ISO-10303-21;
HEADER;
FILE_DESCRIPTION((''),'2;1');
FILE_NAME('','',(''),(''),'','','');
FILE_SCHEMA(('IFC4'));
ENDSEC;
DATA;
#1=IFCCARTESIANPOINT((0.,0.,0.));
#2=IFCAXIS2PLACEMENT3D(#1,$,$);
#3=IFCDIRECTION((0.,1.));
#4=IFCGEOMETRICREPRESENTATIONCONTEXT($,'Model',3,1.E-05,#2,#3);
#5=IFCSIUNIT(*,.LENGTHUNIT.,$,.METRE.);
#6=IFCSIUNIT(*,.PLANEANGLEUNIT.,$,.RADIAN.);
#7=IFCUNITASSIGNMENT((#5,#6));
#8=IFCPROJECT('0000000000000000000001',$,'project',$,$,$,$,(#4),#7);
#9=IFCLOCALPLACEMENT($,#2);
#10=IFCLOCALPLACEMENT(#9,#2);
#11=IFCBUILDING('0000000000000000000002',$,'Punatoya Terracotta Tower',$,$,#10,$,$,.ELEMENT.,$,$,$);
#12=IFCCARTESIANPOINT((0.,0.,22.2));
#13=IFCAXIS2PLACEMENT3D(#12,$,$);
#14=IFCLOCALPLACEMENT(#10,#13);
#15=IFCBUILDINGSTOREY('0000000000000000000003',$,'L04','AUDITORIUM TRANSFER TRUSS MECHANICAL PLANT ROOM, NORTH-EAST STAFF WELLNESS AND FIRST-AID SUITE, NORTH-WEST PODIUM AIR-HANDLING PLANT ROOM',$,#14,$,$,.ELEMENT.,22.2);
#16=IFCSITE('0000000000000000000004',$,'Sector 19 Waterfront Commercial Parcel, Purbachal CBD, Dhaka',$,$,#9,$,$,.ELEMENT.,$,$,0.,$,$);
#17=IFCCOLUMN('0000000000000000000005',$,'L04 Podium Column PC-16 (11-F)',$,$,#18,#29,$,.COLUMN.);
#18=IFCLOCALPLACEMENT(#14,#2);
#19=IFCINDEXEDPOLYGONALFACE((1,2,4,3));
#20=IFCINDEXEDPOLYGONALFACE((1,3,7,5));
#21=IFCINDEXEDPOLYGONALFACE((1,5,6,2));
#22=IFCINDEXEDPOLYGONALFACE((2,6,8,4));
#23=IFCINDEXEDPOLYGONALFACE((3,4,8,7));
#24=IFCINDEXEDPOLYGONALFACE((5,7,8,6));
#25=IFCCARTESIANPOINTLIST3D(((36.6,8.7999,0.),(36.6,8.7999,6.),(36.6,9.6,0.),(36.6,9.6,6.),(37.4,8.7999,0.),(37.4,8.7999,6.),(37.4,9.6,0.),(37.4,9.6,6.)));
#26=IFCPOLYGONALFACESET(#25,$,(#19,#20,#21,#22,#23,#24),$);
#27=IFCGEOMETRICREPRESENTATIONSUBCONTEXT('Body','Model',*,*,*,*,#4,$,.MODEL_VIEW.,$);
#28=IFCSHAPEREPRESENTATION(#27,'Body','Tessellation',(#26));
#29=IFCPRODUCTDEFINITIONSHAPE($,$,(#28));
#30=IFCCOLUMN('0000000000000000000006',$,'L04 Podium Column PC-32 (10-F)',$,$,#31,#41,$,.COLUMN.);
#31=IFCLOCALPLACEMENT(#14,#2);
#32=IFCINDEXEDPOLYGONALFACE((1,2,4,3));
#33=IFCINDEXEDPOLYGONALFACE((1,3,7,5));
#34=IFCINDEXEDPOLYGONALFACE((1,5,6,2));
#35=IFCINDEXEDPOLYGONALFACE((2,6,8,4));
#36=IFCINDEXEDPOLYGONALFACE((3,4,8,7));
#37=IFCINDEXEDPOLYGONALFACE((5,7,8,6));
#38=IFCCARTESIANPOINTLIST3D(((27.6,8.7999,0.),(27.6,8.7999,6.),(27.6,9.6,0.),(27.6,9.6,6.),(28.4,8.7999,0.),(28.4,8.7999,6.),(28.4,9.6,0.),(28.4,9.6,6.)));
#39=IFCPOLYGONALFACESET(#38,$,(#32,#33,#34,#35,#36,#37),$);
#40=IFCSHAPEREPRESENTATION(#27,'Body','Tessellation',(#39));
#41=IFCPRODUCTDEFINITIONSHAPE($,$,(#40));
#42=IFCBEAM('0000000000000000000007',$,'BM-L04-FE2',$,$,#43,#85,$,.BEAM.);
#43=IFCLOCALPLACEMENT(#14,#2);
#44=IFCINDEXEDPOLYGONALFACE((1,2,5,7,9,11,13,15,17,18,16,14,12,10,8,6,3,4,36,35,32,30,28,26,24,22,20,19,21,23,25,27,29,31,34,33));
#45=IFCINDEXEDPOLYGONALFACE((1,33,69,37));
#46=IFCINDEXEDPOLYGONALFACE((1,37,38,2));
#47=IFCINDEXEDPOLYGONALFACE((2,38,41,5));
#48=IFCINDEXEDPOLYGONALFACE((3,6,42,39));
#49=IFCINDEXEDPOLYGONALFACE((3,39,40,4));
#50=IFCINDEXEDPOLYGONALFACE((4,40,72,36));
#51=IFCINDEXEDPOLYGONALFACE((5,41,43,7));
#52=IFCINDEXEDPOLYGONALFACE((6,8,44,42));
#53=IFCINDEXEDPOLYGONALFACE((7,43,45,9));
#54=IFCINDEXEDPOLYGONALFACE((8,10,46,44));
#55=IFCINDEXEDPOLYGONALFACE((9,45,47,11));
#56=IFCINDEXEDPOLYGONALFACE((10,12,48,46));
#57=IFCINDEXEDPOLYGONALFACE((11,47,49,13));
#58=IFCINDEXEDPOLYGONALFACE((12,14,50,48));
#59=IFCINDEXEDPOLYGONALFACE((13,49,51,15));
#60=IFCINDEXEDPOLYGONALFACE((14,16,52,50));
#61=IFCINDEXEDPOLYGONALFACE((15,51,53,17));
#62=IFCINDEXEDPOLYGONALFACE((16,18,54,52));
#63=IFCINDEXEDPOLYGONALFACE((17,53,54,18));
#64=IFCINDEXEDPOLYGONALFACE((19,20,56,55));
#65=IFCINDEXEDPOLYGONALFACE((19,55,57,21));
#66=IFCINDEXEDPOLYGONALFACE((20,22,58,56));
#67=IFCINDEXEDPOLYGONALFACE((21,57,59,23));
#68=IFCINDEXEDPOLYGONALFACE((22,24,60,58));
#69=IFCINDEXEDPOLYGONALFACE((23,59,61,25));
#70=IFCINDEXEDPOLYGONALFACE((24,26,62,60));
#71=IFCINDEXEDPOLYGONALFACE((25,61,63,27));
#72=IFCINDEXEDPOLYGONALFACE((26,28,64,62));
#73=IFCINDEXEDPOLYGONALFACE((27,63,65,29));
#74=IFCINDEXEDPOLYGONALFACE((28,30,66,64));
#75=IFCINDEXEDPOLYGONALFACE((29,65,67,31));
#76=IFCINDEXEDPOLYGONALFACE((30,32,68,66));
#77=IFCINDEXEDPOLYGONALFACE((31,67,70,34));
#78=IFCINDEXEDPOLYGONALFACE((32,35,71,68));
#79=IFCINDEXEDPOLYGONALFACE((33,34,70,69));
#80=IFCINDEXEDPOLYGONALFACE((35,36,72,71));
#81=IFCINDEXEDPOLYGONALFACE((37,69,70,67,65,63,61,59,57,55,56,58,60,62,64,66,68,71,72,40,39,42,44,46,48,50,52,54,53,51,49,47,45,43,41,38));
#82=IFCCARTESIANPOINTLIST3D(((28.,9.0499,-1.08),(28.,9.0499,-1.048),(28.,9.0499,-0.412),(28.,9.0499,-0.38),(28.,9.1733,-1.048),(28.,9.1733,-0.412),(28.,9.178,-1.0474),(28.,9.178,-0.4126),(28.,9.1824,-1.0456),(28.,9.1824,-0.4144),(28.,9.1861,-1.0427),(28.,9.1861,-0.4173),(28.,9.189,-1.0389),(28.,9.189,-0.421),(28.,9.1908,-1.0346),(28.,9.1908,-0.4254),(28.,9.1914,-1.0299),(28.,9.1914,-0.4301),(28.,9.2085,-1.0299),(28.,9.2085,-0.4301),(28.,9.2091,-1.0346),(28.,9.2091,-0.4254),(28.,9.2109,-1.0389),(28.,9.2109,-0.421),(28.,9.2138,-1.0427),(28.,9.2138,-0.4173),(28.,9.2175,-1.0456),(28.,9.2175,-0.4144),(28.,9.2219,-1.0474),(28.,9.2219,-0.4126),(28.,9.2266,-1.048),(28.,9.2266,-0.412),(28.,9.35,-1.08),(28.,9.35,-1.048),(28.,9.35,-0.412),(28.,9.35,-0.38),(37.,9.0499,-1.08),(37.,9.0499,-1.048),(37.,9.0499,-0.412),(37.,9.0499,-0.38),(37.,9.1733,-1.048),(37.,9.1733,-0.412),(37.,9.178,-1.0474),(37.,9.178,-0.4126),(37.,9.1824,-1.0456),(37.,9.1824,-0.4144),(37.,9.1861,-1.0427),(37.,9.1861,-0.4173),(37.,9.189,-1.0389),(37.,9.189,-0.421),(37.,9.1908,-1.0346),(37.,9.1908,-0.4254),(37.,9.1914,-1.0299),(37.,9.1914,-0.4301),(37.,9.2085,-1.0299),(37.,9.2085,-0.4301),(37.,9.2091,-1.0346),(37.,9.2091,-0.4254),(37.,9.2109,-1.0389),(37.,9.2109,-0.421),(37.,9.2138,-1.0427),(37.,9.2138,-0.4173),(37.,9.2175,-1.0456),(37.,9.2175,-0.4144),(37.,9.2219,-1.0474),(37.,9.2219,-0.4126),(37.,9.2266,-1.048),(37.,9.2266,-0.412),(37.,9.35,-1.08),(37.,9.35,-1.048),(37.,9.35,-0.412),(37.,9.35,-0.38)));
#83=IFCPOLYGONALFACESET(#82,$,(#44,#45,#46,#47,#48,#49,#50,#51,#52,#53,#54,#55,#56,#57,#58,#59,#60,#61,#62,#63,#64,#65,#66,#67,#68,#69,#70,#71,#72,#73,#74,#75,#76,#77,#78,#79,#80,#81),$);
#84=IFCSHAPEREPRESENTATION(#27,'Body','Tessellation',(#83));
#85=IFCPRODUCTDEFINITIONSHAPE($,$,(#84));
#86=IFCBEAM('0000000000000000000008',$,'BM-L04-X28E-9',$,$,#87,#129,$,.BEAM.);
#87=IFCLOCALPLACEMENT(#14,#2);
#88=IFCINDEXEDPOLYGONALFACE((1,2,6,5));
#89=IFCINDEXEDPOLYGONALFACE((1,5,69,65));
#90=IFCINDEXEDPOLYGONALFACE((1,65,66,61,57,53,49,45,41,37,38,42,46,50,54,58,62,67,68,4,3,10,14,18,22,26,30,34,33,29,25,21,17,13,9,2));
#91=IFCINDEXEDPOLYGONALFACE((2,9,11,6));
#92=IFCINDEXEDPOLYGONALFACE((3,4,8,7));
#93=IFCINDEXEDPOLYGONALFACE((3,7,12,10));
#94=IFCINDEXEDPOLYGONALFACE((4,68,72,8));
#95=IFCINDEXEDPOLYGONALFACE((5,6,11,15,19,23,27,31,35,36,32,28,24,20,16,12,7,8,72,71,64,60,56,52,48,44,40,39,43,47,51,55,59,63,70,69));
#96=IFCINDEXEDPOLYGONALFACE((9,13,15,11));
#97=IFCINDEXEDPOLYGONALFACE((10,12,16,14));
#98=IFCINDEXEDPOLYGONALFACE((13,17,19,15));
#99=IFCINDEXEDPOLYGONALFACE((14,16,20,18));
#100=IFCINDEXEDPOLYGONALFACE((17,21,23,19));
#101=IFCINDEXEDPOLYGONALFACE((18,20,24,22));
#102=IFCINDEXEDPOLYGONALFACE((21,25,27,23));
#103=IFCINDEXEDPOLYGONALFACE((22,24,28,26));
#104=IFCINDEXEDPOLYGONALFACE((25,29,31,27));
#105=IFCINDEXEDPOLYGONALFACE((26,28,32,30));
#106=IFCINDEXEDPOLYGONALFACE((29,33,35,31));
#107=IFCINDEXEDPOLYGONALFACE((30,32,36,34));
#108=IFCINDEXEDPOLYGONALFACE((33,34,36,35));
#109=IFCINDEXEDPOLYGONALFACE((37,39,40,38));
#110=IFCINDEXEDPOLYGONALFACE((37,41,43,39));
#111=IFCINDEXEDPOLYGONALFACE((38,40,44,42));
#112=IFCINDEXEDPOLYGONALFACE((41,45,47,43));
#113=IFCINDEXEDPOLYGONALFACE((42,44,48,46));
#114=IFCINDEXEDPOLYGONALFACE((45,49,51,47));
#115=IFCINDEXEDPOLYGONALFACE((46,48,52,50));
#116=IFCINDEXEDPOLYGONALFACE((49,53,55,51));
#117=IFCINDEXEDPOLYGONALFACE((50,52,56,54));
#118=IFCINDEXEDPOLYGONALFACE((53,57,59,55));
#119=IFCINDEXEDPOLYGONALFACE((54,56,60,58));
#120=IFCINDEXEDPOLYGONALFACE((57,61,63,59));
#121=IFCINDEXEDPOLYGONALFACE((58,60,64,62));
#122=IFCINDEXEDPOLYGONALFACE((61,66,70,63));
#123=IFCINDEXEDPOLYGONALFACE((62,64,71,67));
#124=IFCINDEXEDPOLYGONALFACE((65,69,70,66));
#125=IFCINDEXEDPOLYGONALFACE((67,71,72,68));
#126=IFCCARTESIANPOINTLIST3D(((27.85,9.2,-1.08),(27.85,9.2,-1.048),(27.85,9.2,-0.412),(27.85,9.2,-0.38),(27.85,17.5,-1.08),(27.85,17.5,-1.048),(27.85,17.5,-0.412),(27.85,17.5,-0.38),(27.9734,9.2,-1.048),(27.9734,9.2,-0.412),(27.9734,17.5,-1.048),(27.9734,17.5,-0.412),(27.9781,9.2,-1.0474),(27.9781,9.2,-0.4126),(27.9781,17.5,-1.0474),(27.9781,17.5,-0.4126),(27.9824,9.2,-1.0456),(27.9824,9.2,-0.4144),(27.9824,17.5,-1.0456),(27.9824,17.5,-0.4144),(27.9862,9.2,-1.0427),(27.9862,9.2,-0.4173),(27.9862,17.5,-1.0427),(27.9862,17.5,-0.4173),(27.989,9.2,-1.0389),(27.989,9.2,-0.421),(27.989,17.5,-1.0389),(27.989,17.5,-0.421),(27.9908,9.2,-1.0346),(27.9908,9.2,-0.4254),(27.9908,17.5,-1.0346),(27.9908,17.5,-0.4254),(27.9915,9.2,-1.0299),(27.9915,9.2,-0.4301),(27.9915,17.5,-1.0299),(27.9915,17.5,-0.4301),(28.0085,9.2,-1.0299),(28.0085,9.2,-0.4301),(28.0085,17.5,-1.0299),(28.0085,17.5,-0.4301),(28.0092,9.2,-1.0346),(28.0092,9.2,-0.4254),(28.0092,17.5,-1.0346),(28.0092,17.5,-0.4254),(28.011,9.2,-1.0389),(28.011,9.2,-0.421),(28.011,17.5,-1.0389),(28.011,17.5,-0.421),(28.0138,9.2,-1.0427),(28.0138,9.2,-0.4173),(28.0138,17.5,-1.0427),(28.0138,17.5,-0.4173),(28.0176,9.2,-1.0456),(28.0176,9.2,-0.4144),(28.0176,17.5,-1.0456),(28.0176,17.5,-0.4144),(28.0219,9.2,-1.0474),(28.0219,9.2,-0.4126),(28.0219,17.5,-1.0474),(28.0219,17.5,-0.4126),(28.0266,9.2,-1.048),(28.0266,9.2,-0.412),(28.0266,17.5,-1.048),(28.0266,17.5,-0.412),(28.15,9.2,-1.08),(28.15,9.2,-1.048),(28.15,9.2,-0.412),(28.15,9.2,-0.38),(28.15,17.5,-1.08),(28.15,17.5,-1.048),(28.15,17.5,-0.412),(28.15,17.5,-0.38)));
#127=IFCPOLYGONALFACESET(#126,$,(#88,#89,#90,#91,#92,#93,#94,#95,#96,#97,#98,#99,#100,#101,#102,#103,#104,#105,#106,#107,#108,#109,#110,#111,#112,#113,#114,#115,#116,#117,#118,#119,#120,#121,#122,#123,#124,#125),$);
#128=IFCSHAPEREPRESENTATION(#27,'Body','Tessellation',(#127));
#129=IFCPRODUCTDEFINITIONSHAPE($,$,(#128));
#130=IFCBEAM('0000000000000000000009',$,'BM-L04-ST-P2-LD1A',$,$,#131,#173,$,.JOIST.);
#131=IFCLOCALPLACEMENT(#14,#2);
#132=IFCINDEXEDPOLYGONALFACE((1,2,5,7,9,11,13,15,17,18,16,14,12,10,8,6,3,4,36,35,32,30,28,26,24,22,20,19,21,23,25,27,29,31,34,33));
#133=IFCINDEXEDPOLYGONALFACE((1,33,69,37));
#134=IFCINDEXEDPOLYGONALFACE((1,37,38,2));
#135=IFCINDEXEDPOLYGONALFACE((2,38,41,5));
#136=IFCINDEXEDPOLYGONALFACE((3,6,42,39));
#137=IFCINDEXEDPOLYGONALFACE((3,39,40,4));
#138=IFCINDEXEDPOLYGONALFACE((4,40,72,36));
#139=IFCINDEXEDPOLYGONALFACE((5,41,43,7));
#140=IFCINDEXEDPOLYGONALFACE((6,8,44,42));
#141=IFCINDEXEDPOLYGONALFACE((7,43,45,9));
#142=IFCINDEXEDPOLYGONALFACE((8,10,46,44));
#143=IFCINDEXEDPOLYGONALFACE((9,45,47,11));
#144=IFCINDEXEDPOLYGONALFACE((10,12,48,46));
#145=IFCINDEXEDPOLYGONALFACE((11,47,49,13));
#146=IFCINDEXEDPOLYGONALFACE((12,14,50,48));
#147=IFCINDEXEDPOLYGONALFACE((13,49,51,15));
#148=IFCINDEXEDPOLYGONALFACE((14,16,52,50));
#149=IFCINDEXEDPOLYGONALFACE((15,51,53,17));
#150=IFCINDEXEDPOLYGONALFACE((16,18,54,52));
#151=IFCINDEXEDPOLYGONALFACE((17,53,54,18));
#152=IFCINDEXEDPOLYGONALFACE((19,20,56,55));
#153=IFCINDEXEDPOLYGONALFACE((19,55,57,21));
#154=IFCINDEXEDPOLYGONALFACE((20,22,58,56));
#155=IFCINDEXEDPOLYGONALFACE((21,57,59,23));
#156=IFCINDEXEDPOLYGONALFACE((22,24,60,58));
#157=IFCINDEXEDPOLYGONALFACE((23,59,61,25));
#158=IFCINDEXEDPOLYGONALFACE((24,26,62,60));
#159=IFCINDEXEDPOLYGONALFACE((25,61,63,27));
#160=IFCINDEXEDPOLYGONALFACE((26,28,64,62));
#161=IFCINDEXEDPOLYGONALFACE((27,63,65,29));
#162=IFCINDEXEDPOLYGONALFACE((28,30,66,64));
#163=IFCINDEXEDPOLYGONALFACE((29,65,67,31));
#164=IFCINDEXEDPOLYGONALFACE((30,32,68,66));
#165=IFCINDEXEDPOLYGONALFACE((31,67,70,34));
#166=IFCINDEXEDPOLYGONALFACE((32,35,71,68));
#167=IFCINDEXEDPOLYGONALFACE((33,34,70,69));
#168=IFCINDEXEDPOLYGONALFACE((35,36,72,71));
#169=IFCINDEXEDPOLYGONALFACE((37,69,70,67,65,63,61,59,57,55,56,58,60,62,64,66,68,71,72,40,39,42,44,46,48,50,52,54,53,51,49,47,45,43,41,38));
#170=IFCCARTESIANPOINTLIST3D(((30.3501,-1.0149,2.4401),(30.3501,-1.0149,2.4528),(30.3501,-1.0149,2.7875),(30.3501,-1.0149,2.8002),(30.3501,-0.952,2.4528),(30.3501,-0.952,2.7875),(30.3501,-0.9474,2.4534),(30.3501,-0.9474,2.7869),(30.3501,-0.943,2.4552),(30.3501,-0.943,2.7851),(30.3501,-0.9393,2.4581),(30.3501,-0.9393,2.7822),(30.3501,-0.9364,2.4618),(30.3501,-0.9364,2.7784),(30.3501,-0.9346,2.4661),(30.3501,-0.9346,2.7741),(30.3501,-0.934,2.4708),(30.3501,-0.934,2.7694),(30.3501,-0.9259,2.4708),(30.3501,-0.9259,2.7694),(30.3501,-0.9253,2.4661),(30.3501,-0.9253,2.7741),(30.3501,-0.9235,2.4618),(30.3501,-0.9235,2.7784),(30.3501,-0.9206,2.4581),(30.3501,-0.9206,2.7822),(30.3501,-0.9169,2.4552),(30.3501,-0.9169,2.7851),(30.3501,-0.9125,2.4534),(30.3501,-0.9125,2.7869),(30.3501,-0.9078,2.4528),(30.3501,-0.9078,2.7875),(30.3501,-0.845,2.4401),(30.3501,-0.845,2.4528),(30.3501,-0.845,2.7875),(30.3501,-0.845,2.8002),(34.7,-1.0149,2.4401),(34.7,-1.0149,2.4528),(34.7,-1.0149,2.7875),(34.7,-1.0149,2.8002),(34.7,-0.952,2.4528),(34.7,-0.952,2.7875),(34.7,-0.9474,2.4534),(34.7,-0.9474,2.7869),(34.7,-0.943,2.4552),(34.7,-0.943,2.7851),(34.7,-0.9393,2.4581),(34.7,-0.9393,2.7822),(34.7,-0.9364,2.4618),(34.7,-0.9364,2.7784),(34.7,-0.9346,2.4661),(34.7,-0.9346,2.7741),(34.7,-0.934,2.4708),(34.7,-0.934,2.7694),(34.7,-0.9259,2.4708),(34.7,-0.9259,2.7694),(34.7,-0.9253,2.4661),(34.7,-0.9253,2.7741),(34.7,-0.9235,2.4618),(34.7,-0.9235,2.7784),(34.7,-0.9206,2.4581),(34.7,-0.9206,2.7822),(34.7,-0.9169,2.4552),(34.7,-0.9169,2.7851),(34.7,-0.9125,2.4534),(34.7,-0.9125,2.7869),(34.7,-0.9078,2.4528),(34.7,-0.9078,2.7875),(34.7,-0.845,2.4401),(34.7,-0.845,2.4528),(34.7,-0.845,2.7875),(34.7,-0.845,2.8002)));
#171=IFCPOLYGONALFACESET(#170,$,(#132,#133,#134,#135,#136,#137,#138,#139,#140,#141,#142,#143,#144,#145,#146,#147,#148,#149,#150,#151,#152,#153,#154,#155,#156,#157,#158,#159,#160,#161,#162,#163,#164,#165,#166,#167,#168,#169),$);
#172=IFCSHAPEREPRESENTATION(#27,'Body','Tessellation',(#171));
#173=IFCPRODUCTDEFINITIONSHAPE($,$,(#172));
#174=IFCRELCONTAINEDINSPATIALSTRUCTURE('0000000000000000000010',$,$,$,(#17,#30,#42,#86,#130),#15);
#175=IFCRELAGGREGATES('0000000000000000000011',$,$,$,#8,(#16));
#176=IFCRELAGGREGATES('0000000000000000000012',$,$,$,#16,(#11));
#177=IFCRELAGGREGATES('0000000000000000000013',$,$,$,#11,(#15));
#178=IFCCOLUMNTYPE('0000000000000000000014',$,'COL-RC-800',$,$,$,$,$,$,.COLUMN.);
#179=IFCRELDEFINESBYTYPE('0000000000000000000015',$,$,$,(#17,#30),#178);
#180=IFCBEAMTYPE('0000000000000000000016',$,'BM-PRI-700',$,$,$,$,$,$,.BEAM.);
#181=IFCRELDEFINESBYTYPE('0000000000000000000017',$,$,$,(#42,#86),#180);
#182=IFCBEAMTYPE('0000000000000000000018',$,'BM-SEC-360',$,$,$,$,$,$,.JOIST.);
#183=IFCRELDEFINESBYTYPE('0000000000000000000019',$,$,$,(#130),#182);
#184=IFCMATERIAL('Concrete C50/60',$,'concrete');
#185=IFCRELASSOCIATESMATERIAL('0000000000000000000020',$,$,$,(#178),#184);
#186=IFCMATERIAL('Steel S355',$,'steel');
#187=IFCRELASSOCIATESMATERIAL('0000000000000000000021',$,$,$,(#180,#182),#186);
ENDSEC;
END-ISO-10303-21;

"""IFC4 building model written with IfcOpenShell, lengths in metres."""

from ifc_helpers import new_model, si_unit, direction, frame, origin, origin_2d, place, context, subcontext, project, spatial, rectangle, i_section, extrude, material, material_profile, profile_set, type_object, element, save


model = new_model("IFC4")

# Units and contexts
model_context = context("Model", 3, precision=1e-05, world=origin(), true_north=direction((0.0, 1.0)))
body_context = subcontext(model_context, "Body", "Model", "MODEL_VIEW")
ifc_project = project(units=[si_unit("LENGTHUNIT", "METRE"), si_unit("PLANEANGLEUNIT", "RADIAN")], contexts=[model_context])

# Site, building, storey
site_placement = place(None, origin())
site = spatial("IfcSite", under=ifc_project, at=site_placement, Name="Sector 19 Waterfront Commercial Parcel, Purbachal CBD, Dhaka", CompositionType="ELEMENT", RefElevation=0.0)
building_placement = place(site_placement, origin())
building = spatial("IfcBuilding", under=site, at=building_placement, Name="Punatoya Terracotta Tower", CompositionType="ELEMENT")
storey_placement = place(building_placement, frame((0.0, 0.0, 22.2)))
storey = spatial("IfcBuildingStorey", under=building, at=storey_placement, Name="L04", Description="AUDITORIUM TRANSFER TRUSS MECHANICAL PLANT ROOM, NORTH-EAST STAFF WELLNESS AND FIRST-AID SUITE, NORTH-WEST PODIUM AIR-HANDLING PLANT ROOM", CompositionType="ELEMENT", Elevation=22.2)

# Columns
ifc_material_1 = material(Name="Concrete C50/60", Category="concrete")
ifc_material_profile_1 = material_profile(ifc_material_1, rectangle(XDim=0.8, YDim=0.8, at=origin_2d()))
ifc_profile_set_1 = profile_set([ifc_material_profile_1], Name="Concrete C50/60")
column_type = type_object("IfcColumnType", Name="COL-RC-800", PredefinedType="COLUMN", material=ifc_profile_set_1)
for number, where, z_axis, x_axis, name in (
    (1, (37.0, 9.2, 0.0), (0.0, 0.0, 1.0), (1.0, 0.0, 0.0), "L04 Podium Column PC-16 (11-F)"),
    (2, (28.0, 9.2, 0.0), (0.0, 0.0, 1.0), (1.0, 0.0, 0.0), "L04 Podium Column PC-32 (10-F)"),
):
    element("IfcColumn", number, at=place(storey_placement, frame(where, z_axis=z_axis, x_axis=x_axis)), inside=storey, type_object=column_type, Name=name, PredefinedType="COLUMN", context=body_context, shape_type="SweptSolid", body=[
        extrude(rectangle(XDim=0.8, YDim=0.8, at=origin_2d()), origin(), (0.0, 0.0, 1.0), 6.0),
    ])

# Beams
ifc_material_2 = material(Name="Steel S355", Category="steel")
ifc_material_profile_2 = material_profile(ifc_material_2, i_section(OverallWidth=0.3, OverallDepth=0.7, WebThickness=0.0171, FlangeThickness=0.032, FilletRadius=0.0181, at=origin_2d()))
ifc_profile_set_2 = profile_set([ifc_material_profile_2], Name="Steel S355")
beam_type_1 = type_object("IfcBeamType", Name="BM-PRI-700", PredefinedType="BEAM", material=ifc_profile_set_2)
beam_1_placement = place(storey_placement, frame((28.0, 9.2, -0.73), z_axis=(1.0, 0.0, 0.0), x_axis=(0.0, 1.0, 0.0)))
element("IfcBeam", 3, at=beam_1_placement, inside=storey, type_object=beam_type_1, Name="BM-L04-FE2", PredefinedType="BEAM", context=body_context, shape_type="SweptSolid", body=[
    extrude(i_section(OverallWidth=0.3, OverallDepth=0.7, WebThickness=0.0171, FlangeThickness=0.032, FilletRadius=0.0181, at=origin_2d()), origin(), (0.0, 0.0, 1.0), 9.0),
])
beam_2_placement = place(storey_placement, frame((28.0, 9.2, -0.73), z_axis=(0.0, 1.0, 0.0), x_axis=(-1.0, 0.0, 0.0)))
element("IfcBeam", 4, at=beam_2_placement, inside=storey, type_object=beam_type_1, Name="BM-L04-X28E-9", PredefinedType="BEAM", context=body_context, shape_type="SweptSolid", body=[
    extrude(i_section(OverallWidth=0.3, OverallDepth=0.7, WebThickness=0.0171, FlangeThickness=0.032, FilletRadius=0.0181, at=origin_2d()), origin(), (0.0, 0.0, 1.0), 8.3),
])
ifc_material_profile_3 = material_profile(ifc_material_2, i_section(OverallWidth=0.1699, OverallDepth=0.3601, WebThickness=0.0081, FlangeThickness=0.0127, FilletRadius=0.0181, at=origin_2d()))
ifc_profile_set_3 = profile_set([ifc_material_profile_3], Name="Steel S355")
beam_type_2 = type_object("IfcBeamType", Name="BM-SEC-360", PredefinedType="JOIST", material=ifc_profile_set_3)
for number, where, z_axis, x_axis, name in (
    (5, (30.3501, -0.9299, 2.6201), (1.0, 0.0, 0.0), (0.0, 1.0, 0.0), "BM-L04-ST-P2-LD1A"),
):
    element("IfcBeam", number, at=place(storey_placement, frame(where, z_axis=z_axis, x_axis=x_axis)), inside=storey, type_object=beam_type_2, Name=name, PredefinedType="JOIST", context=body_context, shape_type="SweptSolid", body=[
        extrude(i_section(OverallWidth=0.1699, OverallDepth=0.3601, WebThickness=0.0081, FlangeThickness=0.0127, FilletRadius=0.0181, at=origin_2d()), origin(), (0.0, 0.0, 1.0), 4.3499),
    ])

save(model, "model.ifc")
